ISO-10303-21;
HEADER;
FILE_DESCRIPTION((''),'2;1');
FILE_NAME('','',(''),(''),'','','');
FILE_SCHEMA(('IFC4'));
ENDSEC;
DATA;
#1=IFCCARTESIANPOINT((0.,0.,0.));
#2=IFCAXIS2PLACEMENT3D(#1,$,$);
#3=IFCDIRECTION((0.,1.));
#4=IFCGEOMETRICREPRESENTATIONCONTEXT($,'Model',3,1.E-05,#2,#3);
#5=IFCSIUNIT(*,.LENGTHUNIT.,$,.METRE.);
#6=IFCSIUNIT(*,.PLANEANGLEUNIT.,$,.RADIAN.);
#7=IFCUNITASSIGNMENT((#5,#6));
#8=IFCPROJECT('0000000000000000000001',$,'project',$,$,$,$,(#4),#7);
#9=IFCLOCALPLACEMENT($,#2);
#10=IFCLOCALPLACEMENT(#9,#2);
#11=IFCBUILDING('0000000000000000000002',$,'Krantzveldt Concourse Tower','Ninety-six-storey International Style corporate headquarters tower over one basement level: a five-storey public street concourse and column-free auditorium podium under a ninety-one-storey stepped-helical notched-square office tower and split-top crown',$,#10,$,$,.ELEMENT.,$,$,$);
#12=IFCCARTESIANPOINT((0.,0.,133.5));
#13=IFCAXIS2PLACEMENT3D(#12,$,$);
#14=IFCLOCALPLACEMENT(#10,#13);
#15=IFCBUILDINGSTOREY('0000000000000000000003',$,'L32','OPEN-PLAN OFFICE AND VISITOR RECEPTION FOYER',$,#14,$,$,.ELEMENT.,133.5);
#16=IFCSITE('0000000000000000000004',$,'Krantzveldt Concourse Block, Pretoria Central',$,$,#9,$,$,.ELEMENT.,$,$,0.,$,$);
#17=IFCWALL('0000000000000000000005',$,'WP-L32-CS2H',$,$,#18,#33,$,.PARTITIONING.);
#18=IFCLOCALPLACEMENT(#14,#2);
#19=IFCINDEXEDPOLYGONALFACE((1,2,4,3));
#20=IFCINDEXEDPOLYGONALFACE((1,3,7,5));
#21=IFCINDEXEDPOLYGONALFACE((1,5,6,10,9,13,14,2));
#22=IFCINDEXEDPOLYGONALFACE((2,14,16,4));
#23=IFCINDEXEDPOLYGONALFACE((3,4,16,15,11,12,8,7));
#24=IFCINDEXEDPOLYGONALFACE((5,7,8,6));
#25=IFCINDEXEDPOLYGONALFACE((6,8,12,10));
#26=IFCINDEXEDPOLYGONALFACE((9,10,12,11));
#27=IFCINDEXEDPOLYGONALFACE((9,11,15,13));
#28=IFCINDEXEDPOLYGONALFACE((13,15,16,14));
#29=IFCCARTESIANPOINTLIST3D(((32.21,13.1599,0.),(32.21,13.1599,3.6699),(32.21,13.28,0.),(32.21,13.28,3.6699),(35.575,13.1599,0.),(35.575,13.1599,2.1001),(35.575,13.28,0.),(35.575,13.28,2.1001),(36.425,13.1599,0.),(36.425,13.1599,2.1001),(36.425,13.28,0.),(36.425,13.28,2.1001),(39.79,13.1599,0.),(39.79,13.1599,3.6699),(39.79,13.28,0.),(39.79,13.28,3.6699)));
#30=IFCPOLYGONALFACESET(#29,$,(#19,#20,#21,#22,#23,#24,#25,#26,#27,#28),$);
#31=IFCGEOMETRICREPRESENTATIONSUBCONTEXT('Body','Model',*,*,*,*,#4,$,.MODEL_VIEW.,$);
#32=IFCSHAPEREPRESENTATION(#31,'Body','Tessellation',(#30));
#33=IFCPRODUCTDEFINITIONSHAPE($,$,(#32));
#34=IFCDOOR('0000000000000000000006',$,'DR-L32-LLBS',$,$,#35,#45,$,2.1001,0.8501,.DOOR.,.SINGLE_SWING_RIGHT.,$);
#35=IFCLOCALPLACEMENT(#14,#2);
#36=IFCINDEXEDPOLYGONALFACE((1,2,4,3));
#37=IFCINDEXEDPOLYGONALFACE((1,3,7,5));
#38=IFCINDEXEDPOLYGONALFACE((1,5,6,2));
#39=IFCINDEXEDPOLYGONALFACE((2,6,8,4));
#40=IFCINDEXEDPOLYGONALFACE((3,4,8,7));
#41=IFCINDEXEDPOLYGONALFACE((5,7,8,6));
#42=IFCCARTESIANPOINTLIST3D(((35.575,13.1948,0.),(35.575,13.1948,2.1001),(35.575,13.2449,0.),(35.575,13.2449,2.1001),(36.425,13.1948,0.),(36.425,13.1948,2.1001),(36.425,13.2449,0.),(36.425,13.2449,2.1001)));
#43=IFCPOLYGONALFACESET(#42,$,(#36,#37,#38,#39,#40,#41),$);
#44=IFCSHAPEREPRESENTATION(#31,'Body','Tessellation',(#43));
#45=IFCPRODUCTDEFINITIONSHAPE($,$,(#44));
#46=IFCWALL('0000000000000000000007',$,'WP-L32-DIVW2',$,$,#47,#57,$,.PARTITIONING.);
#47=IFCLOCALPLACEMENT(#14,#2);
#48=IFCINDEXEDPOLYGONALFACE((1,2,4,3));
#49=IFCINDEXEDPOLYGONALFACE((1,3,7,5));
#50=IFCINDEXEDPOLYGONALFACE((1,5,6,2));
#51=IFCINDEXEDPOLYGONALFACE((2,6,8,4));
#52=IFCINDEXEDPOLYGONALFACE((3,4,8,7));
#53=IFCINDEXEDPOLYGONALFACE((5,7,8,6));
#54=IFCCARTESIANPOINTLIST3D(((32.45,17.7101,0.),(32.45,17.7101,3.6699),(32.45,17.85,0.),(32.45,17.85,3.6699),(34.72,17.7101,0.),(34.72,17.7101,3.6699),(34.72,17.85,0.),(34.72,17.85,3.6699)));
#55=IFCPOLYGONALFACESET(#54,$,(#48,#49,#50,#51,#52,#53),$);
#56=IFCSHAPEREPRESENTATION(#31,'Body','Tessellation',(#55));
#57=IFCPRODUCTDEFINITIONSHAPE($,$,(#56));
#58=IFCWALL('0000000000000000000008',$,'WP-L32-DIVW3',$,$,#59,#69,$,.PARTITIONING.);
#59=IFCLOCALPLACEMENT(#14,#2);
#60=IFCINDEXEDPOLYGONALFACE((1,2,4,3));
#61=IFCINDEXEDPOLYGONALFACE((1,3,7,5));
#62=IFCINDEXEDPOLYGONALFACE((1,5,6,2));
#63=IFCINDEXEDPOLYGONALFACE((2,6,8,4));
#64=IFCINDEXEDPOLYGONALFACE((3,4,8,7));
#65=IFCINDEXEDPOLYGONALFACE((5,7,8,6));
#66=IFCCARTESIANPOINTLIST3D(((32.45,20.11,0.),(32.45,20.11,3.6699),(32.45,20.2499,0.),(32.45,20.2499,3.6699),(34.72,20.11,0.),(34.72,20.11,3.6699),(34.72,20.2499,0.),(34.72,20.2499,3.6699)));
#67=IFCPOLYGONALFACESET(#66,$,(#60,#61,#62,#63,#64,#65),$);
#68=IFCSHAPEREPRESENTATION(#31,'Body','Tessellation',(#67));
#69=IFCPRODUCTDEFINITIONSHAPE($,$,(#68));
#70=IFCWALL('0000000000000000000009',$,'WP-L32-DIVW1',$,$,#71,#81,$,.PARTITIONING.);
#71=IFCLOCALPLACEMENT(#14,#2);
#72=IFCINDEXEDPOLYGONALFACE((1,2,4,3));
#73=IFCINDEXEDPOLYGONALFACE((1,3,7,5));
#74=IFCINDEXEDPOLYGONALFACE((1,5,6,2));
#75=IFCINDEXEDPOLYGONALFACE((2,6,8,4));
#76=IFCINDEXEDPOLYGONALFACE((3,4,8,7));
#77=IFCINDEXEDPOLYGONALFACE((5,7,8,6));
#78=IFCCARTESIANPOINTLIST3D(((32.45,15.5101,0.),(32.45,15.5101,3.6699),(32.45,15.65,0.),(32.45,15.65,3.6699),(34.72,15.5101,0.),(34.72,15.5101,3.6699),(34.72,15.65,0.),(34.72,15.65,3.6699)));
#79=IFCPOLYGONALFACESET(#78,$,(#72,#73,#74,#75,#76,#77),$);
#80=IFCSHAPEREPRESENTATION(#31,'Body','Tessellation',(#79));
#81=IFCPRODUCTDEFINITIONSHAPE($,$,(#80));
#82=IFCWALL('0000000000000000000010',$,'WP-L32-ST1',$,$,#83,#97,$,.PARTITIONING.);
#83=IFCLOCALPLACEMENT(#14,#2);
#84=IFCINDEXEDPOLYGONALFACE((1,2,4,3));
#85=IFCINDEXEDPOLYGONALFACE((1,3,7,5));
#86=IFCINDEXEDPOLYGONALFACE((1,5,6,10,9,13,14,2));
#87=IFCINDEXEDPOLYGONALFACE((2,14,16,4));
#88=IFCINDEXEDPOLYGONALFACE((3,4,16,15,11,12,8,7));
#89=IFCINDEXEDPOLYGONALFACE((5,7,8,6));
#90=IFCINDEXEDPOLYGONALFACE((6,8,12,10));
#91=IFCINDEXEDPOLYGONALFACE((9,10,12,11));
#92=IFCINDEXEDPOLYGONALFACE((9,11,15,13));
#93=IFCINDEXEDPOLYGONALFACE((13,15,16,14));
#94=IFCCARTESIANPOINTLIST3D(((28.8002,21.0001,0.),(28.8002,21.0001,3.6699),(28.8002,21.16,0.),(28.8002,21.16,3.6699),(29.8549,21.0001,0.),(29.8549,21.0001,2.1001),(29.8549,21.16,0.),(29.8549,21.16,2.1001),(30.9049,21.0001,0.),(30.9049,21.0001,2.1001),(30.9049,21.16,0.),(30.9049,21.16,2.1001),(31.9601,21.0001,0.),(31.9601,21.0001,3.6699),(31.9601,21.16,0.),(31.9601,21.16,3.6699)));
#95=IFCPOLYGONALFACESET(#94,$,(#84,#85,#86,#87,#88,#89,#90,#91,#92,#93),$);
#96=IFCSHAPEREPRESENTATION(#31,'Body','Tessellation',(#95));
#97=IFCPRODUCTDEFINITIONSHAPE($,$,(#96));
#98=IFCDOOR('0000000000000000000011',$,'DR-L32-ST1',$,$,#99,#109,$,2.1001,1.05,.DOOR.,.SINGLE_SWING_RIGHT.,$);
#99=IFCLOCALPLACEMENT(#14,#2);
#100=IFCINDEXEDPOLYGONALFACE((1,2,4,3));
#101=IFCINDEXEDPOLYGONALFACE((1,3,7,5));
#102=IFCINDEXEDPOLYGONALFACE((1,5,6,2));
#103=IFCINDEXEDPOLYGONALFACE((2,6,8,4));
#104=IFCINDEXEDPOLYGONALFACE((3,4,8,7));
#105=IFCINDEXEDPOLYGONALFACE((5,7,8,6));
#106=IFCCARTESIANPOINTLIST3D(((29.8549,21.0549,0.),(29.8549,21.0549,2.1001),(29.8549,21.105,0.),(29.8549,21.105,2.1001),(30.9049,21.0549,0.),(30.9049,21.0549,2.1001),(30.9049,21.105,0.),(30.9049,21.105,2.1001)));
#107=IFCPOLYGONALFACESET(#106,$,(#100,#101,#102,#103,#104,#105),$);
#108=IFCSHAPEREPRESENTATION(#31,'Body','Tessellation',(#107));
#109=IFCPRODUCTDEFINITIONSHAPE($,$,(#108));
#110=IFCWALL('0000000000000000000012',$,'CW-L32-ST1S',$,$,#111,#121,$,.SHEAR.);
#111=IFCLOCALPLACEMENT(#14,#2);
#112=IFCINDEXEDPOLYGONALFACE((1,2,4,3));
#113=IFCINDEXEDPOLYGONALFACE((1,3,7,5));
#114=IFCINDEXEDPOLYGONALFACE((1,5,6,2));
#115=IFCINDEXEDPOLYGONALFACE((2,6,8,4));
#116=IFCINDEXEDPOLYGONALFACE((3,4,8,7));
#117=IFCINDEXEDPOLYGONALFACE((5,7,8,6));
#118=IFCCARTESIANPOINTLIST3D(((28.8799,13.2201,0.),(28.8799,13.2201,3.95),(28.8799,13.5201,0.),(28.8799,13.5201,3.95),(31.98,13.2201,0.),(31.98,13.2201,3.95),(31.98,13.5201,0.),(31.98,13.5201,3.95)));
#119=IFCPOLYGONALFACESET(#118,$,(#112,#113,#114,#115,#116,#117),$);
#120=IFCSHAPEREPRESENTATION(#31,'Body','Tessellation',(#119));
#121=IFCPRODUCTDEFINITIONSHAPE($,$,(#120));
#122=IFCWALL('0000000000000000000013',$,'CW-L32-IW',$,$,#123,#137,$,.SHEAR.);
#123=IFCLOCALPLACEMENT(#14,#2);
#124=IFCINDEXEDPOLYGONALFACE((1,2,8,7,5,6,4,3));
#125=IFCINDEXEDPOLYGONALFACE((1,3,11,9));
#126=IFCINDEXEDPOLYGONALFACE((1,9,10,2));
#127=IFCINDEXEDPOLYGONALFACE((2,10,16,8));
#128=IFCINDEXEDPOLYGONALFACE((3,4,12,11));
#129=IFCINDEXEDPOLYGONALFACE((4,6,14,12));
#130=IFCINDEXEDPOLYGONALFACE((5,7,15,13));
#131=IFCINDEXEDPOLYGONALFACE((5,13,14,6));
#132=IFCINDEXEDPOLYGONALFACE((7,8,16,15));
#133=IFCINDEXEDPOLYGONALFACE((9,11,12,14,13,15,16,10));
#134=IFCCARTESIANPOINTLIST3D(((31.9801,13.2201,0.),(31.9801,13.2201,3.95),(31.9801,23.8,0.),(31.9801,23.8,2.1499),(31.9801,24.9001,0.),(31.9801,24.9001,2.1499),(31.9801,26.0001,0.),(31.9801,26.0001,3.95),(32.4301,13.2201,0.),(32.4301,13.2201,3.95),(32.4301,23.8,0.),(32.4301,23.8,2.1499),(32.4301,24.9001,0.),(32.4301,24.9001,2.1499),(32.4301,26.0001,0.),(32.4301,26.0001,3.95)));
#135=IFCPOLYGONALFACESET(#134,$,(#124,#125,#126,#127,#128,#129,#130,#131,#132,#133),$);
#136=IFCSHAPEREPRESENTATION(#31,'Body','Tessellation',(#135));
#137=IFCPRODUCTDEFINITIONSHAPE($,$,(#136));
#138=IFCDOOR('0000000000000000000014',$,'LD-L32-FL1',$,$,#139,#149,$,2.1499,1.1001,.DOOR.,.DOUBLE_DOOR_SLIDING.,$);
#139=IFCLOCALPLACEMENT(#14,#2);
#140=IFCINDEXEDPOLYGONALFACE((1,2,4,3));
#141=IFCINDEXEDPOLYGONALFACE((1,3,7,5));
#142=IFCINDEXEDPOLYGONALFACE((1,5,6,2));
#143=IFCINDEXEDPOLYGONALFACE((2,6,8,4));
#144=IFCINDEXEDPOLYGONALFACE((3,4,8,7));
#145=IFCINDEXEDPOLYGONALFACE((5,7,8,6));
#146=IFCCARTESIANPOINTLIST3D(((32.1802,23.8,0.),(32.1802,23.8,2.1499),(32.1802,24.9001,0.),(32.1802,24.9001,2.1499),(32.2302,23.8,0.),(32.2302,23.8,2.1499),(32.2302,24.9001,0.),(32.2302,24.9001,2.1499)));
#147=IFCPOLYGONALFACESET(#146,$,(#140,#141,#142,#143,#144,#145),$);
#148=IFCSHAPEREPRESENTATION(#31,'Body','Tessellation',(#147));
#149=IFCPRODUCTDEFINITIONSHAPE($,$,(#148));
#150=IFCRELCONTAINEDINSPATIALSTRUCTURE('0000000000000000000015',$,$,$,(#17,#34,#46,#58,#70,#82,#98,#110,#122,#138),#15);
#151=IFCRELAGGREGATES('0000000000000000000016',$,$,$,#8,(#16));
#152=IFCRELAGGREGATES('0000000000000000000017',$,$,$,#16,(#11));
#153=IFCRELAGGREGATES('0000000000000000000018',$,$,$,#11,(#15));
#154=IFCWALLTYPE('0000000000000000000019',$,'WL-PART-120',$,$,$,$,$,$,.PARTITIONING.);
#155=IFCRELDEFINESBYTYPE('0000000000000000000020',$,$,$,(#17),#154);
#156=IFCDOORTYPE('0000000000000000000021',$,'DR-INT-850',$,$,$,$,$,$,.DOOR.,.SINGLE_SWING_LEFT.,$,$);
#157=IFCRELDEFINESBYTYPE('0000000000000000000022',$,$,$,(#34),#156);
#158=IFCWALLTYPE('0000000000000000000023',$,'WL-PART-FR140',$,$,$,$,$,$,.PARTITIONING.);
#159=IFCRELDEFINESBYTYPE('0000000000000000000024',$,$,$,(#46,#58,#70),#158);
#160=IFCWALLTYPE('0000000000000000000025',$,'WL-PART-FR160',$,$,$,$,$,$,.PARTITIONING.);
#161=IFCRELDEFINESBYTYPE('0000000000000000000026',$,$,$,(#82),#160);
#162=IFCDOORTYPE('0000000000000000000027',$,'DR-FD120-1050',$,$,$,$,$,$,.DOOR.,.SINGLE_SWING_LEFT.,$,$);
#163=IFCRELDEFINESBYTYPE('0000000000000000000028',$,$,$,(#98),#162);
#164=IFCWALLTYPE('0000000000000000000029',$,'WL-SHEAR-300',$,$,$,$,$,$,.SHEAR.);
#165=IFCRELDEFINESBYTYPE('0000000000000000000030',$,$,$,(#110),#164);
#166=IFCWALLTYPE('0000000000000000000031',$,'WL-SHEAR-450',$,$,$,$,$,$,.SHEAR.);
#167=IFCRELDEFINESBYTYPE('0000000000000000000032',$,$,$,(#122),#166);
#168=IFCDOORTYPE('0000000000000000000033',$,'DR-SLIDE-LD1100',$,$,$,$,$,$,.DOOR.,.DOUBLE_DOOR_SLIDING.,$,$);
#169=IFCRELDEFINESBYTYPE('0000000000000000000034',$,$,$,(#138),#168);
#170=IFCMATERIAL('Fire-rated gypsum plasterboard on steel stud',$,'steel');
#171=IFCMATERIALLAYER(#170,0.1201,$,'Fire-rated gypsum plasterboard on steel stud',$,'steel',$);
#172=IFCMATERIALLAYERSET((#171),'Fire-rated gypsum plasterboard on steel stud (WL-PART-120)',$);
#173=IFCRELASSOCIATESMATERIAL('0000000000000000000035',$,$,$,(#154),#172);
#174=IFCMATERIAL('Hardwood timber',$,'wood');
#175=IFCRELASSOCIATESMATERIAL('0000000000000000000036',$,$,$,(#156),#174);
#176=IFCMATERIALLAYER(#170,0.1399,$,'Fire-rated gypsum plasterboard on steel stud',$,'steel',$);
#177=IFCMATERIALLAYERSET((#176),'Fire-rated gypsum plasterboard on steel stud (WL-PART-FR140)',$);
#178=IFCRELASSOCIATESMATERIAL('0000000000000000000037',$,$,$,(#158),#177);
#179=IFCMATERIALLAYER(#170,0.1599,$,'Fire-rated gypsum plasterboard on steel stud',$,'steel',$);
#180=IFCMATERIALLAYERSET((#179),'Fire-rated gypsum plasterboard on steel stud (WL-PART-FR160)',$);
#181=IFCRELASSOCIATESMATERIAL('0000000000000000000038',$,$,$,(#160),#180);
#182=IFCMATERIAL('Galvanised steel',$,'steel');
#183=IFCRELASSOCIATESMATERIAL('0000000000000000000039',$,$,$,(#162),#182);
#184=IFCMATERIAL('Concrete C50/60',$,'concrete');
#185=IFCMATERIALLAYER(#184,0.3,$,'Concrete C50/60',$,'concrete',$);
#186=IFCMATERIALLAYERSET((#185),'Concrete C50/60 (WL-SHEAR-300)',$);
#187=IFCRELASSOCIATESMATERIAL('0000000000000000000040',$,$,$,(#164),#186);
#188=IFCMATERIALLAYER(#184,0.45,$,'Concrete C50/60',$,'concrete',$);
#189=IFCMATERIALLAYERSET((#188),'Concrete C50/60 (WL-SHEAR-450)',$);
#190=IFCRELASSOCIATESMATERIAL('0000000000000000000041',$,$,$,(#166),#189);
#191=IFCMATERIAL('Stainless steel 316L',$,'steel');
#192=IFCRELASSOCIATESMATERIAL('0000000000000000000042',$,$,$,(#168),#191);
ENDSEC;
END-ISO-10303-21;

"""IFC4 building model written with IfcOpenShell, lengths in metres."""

from ifc_helpers import new_model, si_unit, direction, frame, frame_2d, origin, place, context, subcontext, project, spatial, rectangle, extrude, material, layer, layer_set, type_object, element, fill, save


model = new_model("IFC4")

# Units and contexts
model_context = context("Model", 3, precision=1e-05, world=origin(), true_north=direction((0.0, 1.0)))
body_context = subcontext(model_context, "Body", "Model", "MODEL_VIEW")
ifc_project = project(units=[si_unit("LENGTHUNIT", "METRE"), si_unit("PLANEANGLEUNIT", "RADIAN")], contexts=[model_context])

# Site, building, storey
site_placement = place(None, origin())
site = spatial("IfcSite", under=ifc_project, at=site_placement, Name="Krantzveldt Concourse Block, Pretoria Central", CompositionType="ELEMENT", RefElevation=0.0)
building_placement = place(site_placement, origin())
building = spatial("IfcBuilding", under=site, at=building_placement, Name="Krantzveldt Concourse Tower", Description="Ninety-six-storey International Style corporate headquarters tower over one basement level: a five-storey public street concourse and column-free auditorium podium under a ninety-one-storey stepped-helical notched-square office tower and split-top crown", CompositionType="ELEMENT")
storey_placement = place(building_placement, frame((0.0, 0.0, 133.5)))
storey = spatial("IfcBuildingStorey", under=building, at=storey_placement, Name="L32", Description="OPEN-PLAN OFFICE AND VISITOR RECEPTION FOYER", CompositionType="ELEMENT", Elevation=133.5)

# Wall, opening, door
ifc_material_1 = material(Name="Fire-rated gypsum plasterboard on steel stud", Category="steel")
ifc_layer_1 = layer(ifc_material_1, 0.1201, Name="Fire-rated gypsum plasterboard on steel stud", Category="steel")
ifc_layer_set_1 = layer_set([ifc_layer_1], Name="Fire-rated gypsum plasterboard on steel stud (WL-PART-120)")
wall_type_1 = type_object("IfcWallType", Name="WL-PART-120", PredefinedType="PARTITIONING", material=ifc_layer_set_1)
wall_1_placement = place(storey_placement, frame((32.21, 13.22, 0.0), z_axis=(0.0, 0.0, 1.0), x_axis=(1.0, 0.0, 0.0)))
wall_1 = element("IfcWall", 1, at=wall_1_placement, inside=storey, type_object=wall_type_1, Name="WP-L32-CS2H", PredefinedType="PARTITIONING", context=body_context, shape_type="SweptSolid", body=[
    extrude(rectangle(XDim=7.5801, YDim=0.1201, at=frame_2d((3.79, 0.0))), origin(), (0.0, 0.0, 1.0), 3.6699),
])
opening_1_placement = place(wall_1_placement, frame((3.365, 0.0, 0.0)))
opening_1 = element("IfcOpeningElement", 2, at=opening_1_placement, cuts=wall_1, PredefinedType="OPENING", context=body_context, shape_type="SweptSolid", body=[
    extrude(rectangle(XDim=0.8501, YDim=2.1001, at=frame_2d((0.425, 1.05))), frame((0.0, 0.0701, 0.0), z_axis=(0.0, -1.0, 0.0), x_axis=(1.0, 0.0, 0.0)), (0.0, 0.0, 1.0), 0.1401),
])
ifc_material_2 = material(Name="Hardwood timber", Category="wood")
door_type_1 = type_object("IfcDoorType", Name="DR-INT-850", OperationType="SINGLE_SWING_LEFT", PredefinedType="DOOR", material=ifc_material_2)
door_1_placement = place(opening_1_placement, origin())
door_1 = element("IfcDoor", 3, at=door_1_placement, inside=storey, type_object=door_type_1, Name="DR-L32-LLBS", OperationType="SINGLE_SWING_RIGHT", OverallHeight=2.1001, OverallWidth=0.8501, PredefinedType="DOOR", context=body_context, shape_type="SweptSolid", body=[
    extrude(rectangle(XDim=0.8501, YDim=2.1001, at=frame_2d((0.425, 1.05))), frame((0.0, 0.0249, 0.0), z_axis=(0.0, -1.0, 0.0), x_axis=(1.0, 0.0, 0.0)), (0.0, 0.0, 1.0), 0.05),
])
fill(opening_1, door_1)

# Walls
ifc_layer_2 = layer(ifc_material_1, 0.1399, Name="Fire-rated gypsum plasterboard on steel stud", Category="steel")
ifc_layer_set_2 = layer_set([ifc_layer_2], Name="Fire-rated gypsum plasterboard on steel stud (WL-PART-FR140)")
wall_type_2 = type_object("IfcWallType", Name="WL-PART-FR140", PredefinedType="PARTITIONING", material=ifc_layer_set_2)
for number, where, z_axis, x_axis, name in (
    (4, (32.45, 17.78, 0.0), (0.0, 0.0, 1.0), (1.0, 0.0, 0.0), "WP-L32-DIVW2"),
    (5, (32.45, 20.1799, 0.0), (0.0, 0.0, 1.0), (1.0, 0.0, 0.0), "WP-L32-DIVW3"),
    (6, (32.45, 15.5801, 0.0), (0.0, 0.0, 1.0), (1.0, 0.0, 0.0), "WP-L32-DIVW1"),
):
    element("IfcWall", number, at=place(storey_placement, frame(where, z_axis=z_axis, x_axis=x_axis)), inside=storey, type_object=wall_type_2, Name=name, PredefinedType="PARTITIONING", context=body_context, shape_type="SweptSolid", body=[
        extrude(rectangle(XDim=2.27, YDim=0.1399, at=frame_2d((1.135, 0.0))), origin(), (0.0, 0.0, 1.0), 3.6699),
    ])

# Wall, opening, door
ifc_layer_3 = layer(ifc_material_1, 0.1599, Name="Fire-rated gypsum plasterboard on steel stud", Category="steel")
ifc_layer_set_3 = layer_set([ifc_layer_3], Name="Fire-rated gypsum plasterboard on steel stud (WL-PART-FR160)")
wall_type_3 = type_object("IfcWallType", Name="WL-PART-FR160", PredefinedType="PARTITIONING", material=ifc_layer_set_3)
wall_2_placement = place(storey_placement, frame((28.8, 21.0801, 0.0), z_axis=(0.0, 0.0, 1.0), x_axis=(1.0, 0.0, 0.0)))
wall_2 = element("IfcWall", 7, at=wall_2_placement, inside=storey, type_object=wall_type_3, Name="WP-L32-ST1", PredefinedType="PARTITIONING", context=body_context, shape_type="SweptSolid", body=[
    extrude(rectangle(XDim=3.1599, YDim=0.1599, at=frame_2d((1.5801, 0.0))), origin(), (0.0, 0.0, 1.0), 3.6699),
])
opening_2_placement = place(wall_2_placement, frame((1.0549, 0.0, 0.0)))
opening_2 = element("IfcOpeningElement", 8, at=opening_2_placement, cuts=wall_2, PredefinedType="OPENING", context=body_context, shape_type="SweptSolid", body=[
    extrude(rectangle(XDim=1.05, YDim=2.1001, at=frame_2d((0.5249, 1.05))), frame((0.0, 0.0898, 0.0), z_axis=(0.0, -1.0, 0.0), x_axis=(1.0, 0.0, 0.0)), (0.0, 0.0, 1.0), 0.1799),
])
ifc_material_3 = material(Name="Galvanised steel", Category="steel")
door_type_2 = type_object("IfcDoorType", Name="DR-FD120-1050", OperationType="SINGLE_SWING_LEFT", PredefinedType="DOOR", material=ifc_material_3)
door_2_placement = place(opening_2_placement, origin())
door_2 = element("IfcDoor", 9, at=door_2_placement, inside=storey, type_object=door_type_2, Name="DR-L32-ST1", OperationType="SINGLE_SWING_RIGHT", OverallHeight=2.1001, OverallWidth=1.05, PredefinedType="DOOR", context=body_context, shape_type="SweptSolid", body=[
    extrude(rectangle(XDim=1.05, YDim=2.1001, at=frame_2d((0.5249, 1.05))), frame((0.0, 0.0249, 0.0), z_axis=(0.0, -1.0, 0.0), x_axis=(1.0, 0.0, 0.0)), (0.0, 0.0, 1.0), 0.05),
])
fill(opening_2, door_2)

# Wall
ifc_material_4 = material(Name="Concrete C50/60", Category="concrete")
ifc_layer_4 = layer(ifc_material_4, 0.3, Name="Concrete C50/60", Category="concrete")
ifc_layer_set_4 = layer_set([ifc_layer_4], Name="Concrete C50/60 (WL-SHEAR-300)")
wall_type_4 = type_object("IfcWallType", Name="WL-SHEAR-300", PredefinedType="SHEAR", material=ifc_layer_set_4)
wall_3_placement = place(storey_placement, frame((28.8799, 13.3701, 0.0), z_axis=(0.0, 0.0, 1.0), x_axis=(1.0, 0.0, 0.0)))
element("IfcWall", 10, at=wall_3_placement, inside=storey, type_object=wall_type_4, Name="CW-L32-ST1S", PredefinedType="SHEAR", context=body_context, shape_type="SweptSolid", body=[
    extrude(rectangle(XDim=3.1001, YDim=0.3, at=frame_2d((1.55, 0.0))), origin(), (0.0, 0.0, 1.0), 3.95),
])

# Wall, opening, door
ifc_layer_5 = layer(ifc_material_4, 0.45, Name="Concrete C50/60", Category="concrete")
ifc_layer_set_5 = layer_set([ifc_layer_5], Name="Concrete C50/60 (WL-SHEAR-450)")
wall_type_5 = type_object("IfcWallType", Name="WL-SHEAR-450", PredefinedType="SHEAR", material=ifc_layer_set_5)
wall_4_placement = place(storey_placement, frame((32.2051, 13.22, 0.0), z_axis=(0.0, 0.0, 1.0), x_axis=(0.0, 1.0, 0.0)))
wall_4 = element("IfcWall", 11, at=wall_4_placement, inside=storey, type_object=wall_type_5, Name="CW-L32-IW", PredefinedType="SHEAR", context=body_context, shape_type="SweptSolid", body=[
    extrude(rectangle(XDim=12.78, YDim=0.45, at=frame_2d((6.3901, 0.0))), origin(), (0.0, 0.0, 1.0), 3.95),
])
opening_3_placement = place(wall_4_placement, frame((10.5801, 0.0, 0.0)))
opening_3 = element("IfcOpeningElement", 12, at=opening_3_placement, cuts=wall_4, PredefinedType="OPENING", context=body_context, shape_type="SweptSolid", body=[
    extrude(rectangle(XDim=1.1001, YDim=2.1499, at=frame_2d((0.55, 1.075))), frame((0.0, 0.2349, 0.0), z_axis=(0.0, -1.0, 0.0), x_axis=(1.0, 0.0, 0.0)), (0.0, 0.0, 1.0), 0.47),
])
ifc_material_5 = material(Name="Stainless steel 316L", Category="steel")
door_type_3 = type_object("IfcDoorType", Name="DR-SLIDE-LD1100", OperationType="DOUBLE_DOOR_SLIDING", PredefinedType="DOOR", material=ifc_material_5)
door_3_placement = place(opening_3_placement, origin())
door_3 = element("IfcDoor", 13, at=door_3_placement, inside=storey, type_object=door_type_3, Name="LD-L32-FL1", OperationType="DOUBLE_DOOR_SLIDING", OverallHeight=2.1499, OverallWidth=1.1001, PredefinedType="DOOR", context=body_context, shape_type="SweptSolid", body=[
    extrude(rectangle(XDim=1.1001, YDim=2.1499, at=frame_2d((0.55, 1.075))), frame((0.0, 0.0249, 0.0), z_axis=(0.0, -1.0, 0.0), x_axis=(1.0, 0.0, 0.0)), (0.0, 0.0, 1.0), 0.05),
])
fill(opening_3, door_3)

save(model, "model.ifc")
